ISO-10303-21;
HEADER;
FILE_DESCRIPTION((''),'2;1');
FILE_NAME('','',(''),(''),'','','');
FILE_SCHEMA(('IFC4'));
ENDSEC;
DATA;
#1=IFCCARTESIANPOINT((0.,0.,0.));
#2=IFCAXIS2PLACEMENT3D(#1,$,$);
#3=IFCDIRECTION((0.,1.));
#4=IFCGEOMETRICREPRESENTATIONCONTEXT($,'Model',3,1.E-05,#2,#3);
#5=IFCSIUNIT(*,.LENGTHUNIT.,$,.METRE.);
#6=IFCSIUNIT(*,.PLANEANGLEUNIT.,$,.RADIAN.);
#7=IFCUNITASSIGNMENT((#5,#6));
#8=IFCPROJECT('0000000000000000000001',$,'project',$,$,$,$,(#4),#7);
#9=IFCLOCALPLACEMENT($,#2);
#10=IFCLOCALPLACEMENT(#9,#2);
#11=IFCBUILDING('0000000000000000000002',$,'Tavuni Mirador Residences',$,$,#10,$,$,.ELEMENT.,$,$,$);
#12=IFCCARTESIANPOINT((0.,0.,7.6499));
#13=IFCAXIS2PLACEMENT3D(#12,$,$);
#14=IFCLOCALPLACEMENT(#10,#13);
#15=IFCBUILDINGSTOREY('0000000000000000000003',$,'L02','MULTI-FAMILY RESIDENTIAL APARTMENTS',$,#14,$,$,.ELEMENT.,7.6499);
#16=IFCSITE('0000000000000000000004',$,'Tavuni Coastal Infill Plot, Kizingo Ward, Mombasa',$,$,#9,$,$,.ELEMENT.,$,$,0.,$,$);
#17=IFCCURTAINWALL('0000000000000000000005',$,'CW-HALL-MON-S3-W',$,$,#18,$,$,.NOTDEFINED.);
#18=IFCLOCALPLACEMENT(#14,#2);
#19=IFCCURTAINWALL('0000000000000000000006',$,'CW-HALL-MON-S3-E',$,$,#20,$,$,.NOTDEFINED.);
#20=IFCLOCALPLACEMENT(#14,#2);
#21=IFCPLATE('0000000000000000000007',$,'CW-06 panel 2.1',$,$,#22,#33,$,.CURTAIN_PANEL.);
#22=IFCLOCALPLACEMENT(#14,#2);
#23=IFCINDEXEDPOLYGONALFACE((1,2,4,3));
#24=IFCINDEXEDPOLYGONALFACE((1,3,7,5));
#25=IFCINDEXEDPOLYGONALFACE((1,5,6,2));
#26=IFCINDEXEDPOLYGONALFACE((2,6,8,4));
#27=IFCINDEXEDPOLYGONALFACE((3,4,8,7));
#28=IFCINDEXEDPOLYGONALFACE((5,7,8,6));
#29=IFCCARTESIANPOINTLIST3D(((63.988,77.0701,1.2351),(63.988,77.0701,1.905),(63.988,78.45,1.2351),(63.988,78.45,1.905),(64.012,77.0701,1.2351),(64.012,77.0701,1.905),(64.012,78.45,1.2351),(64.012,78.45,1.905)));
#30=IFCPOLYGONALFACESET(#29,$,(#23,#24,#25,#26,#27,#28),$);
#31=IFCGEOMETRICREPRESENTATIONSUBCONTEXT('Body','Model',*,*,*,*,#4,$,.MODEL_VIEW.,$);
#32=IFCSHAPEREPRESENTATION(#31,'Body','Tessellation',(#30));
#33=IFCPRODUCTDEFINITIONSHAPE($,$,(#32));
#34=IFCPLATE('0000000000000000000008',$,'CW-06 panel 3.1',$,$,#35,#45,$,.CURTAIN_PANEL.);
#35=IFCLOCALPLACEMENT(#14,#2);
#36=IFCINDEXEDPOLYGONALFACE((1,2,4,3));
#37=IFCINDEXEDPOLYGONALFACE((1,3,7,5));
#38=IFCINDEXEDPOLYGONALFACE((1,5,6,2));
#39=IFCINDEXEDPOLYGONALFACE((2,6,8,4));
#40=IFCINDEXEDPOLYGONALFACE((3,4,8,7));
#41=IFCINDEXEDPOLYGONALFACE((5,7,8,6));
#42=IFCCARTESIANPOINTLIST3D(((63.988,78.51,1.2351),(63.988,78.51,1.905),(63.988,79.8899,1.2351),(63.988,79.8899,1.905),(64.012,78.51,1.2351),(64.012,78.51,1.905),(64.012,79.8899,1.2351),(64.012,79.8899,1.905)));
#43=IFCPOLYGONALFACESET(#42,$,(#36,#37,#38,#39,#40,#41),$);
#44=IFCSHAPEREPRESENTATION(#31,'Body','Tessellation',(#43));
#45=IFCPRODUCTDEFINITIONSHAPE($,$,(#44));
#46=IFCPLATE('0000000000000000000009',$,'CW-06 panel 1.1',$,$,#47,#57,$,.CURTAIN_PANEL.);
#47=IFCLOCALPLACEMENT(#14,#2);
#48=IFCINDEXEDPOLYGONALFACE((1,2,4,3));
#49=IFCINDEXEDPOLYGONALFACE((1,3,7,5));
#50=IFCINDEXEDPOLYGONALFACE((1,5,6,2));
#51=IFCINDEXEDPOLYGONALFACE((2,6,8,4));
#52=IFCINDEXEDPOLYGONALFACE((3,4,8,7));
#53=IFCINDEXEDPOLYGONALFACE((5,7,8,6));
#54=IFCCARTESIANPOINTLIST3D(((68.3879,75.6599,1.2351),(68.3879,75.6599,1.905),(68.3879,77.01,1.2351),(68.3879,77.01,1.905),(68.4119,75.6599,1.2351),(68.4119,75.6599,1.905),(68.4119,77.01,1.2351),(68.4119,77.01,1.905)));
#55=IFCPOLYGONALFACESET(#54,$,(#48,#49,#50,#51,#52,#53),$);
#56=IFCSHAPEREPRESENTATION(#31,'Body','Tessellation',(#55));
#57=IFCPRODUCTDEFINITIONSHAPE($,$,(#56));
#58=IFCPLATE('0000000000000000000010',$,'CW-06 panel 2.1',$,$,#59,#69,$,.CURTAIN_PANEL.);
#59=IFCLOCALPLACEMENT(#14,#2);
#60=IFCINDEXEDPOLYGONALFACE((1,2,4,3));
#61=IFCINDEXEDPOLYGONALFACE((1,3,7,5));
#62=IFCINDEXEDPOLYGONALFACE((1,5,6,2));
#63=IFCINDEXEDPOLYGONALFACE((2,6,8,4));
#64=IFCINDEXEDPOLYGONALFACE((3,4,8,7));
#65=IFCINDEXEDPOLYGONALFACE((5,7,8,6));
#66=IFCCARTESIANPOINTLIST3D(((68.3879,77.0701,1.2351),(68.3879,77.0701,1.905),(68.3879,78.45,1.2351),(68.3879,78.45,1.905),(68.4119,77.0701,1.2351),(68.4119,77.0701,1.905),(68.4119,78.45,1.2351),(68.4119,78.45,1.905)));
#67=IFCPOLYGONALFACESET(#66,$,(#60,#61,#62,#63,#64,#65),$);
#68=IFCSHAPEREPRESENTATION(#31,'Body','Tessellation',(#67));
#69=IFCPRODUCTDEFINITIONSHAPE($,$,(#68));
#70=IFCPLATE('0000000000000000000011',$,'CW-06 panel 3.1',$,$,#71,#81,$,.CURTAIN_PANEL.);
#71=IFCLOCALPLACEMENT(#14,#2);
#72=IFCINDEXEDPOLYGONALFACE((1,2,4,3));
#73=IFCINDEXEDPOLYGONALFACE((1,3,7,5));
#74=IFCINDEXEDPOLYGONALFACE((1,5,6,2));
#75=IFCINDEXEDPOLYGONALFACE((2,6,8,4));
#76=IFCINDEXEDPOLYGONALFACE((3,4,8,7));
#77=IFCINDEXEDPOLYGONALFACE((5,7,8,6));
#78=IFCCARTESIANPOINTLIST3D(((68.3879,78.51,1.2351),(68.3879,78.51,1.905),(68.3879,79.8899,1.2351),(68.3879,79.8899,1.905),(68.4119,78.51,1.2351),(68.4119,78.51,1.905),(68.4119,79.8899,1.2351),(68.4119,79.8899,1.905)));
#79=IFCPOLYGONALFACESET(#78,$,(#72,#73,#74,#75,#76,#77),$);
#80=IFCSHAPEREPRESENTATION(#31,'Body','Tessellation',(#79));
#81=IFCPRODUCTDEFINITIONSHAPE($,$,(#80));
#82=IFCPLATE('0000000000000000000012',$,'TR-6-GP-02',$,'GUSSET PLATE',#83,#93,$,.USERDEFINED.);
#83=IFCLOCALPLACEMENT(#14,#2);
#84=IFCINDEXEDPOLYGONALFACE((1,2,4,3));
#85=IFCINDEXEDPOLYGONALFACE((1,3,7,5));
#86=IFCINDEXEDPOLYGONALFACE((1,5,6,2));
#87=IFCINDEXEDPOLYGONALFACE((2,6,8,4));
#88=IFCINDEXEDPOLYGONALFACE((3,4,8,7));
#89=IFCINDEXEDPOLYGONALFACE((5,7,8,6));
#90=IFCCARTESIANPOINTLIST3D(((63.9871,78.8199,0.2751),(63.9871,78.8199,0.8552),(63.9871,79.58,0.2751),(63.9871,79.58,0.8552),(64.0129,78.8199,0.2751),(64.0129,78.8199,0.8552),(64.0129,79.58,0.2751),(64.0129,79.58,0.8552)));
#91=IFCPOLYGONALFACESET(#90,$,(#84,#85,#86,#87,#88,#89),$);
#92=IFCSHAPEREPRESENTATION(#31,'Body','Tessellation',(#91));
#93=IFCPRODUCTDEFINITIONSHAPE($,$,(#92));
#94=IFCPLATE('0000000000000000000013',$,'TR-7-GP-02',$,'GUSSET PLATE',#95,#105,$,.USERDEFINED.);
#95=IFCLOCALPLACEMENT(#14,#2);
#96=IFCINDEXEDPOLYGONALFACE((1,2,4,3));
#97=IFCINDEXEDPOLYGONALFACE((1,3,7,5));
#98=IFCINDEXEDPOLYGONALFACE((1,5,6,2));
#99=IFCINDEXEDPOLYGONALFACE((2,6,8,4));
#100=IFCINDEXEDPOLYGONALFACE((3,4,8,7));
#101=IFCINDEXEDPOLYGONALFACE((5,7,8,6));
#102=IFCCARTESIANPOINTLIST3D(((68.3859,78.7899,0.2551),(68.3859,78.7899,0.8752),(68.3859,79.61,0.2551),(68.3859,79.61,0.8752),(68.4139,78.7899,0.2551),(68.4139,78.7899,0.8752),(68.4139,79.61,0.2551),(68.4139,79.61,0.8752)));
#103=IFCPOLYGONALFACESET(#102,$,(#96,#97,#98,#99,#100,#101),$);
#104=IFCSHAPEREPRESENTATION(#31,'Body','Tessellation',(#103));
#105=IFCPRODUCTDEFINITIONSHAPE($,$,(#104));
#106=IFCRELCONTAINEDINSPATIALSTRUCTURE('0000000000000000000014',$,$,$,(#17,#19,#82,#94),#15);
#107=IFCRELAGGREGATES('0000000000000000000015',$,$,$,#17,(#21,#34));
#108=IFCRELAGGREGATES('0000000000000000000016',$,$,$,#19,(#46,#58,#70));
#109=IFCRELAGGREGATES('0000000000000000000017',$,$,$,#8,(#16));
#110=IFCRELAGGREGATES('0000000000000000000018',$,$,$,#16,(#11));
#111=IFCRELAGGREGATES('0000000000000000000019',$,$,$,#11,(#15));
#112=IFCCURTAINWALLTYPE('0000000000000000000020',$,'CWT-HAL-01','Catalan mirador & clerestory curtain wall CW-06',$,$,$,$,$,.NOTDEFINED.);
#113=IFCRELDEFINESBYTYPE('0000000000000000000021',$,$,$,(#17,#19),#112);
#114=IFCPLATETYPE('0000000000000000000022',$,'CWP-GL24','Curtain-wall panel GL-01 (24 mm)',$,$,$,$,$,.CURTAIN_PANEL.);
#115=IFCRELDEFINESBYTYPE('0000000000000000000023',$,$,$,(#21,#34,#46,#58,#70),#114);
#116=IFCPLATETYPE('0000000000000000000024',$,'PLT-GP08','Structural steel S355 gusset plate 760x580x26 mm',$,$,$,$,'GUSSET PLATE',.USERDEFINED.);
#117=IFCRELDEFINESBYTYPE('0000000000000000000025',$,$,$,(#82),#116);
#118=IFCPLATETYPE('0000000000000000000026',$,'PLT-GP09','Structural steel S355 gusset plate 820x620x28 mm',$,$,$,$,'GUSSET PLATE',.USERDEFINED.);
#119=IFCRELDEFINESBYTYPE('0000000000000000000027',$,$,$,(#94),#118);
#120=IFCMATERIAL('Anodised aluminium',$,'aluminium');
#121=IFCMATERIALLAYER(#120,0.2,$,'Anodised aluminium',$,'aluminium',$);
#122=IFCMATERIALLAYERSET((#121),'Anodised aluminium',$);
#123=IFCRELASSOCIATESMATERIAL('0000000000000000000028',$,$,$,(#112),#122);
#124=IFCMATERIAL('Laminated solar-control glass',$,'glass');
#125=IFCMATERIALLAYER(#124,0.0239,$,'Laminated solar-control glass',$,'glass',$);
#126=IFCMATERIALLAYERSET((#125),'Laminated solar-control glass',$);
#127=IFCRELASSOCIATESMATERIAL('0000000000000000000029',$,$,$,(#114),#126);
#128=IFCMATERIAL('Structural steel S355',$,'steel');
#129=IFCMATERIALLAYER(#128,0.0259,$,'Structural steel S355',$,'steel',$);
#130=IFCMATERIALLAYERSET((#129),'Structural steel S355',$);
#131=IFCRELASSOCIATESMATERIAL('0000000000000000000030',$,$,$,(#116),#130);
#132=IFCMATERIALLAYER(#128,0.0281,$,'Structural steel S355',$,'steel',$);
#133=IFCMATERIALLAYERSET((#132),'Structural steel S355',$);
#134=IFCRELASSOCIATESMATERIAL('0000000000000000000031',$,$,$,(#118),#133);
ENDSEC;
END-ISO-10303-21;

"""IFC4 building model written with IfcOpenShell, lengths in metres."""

from ifc_helpers import new_model, si_unit, direction, frame, origin, origin_2d, place, context, subcontext, project, spatial, rectangle, extrude, material, layer, layer_set, type_object, element, aggregate, save


model = new_model("IFC4")

# Units and contexts
model_context = context("Model", 3, precision=1e-05, world=origin(), true_north=direction((0.0, 1.0)))
body_context = subcontext(model_context, "Body", "Model", "MODEL_VIEW")
ifc_project = project(units=[si_unit("LENGTHUNIT", "METRE"), si_unit("PLANEANGLEUNIT", "RADIAN")], contexts=[model_context])

# Site, building, storey
site_placement = place(None, origin())
site = spatial("IfcSite", under=ifc_project, at=site_placement, Name="Tavuni Coastal Infill Plot, Kizingo Ward, Mombasa", CompositionType="ELEMENT", RefElevation=0.0)
building_placement = place(site_placement, origin())
building = spatial("IfcBuilding", under=site, at=building_placement, Name="Tavuni Mirador Residences", CompositionType="ELEMENT")
storey_placement = place(building_placement, frame((0.0, 0.0, 7.6499)))
storey = spatial("IfcBuildingStorey", under=building, at=storey_placement, Name="L02", Description="MULTI-FAMILY RESIDENTIAL APARTMENTS", CompositionType="ELEMENT", Elevation=7.6499)

# Curtain walls
ifc_material_1 = material(Name="Anodised aluminium", Category="aluminium")
ifc_layer_1 = layer(ifc_material_1, 0.2, Name="Anodised aluminium", Category="aluminium")
ifc_layer_set_1 = layer_set([ifc_layer_1], Name="Anodised aluminium")
curtain_wall_type = type_object("IfcCurtainWallType", Name="CWT-HAL-01", Description="Catalan mirador & clerestory curtain wall CW-06", PredefinedType="NOTDEFINED", material=ifc_layer_set_1)
curtain_wall_1_placement = place(storey_placement, origin())
curtain_wall_1 = element("IfcCurtainWall", 1, at=curtain_wall_1_placement, inside=storey, type_object=curtain_wall_type, Name="CW-HALL-MON-S3-W", PredefinedType="NOTDEFINED")
curtain_wall_2_placement = place(storey_placement, origin())
curtain_wall_2 = element("IfcCurtainWall", 2, at=curtain_wall_2_placement, inside=storey, type_object=curtain_wall_type, Name="CW-HALL-MON-S3-E", PredefinedType="NOTDEFINED")

# Shared definitions
ifc_material_2 = material(Name="Structural steel S355", Category="steel")

# Plates
ifc_material_3 = material(Name="Laminated solar-control glass", Category="glass")
ifc_layer_2 = layer(ifc_material_3, 0.0239, Name="Laminated solar-control glass", Category="glass")
ifc_layer_set_2 = layer_set([ifc_layer_2], Name="Laminated solar-control glass")
plate_type_1 = type_object("IfcPlateType", Name="CWP-GL24", Description="Curtain-wall panel GL-01 (24 mm)", PredefinedType="CURTAIN_PANEL", material=ifc_layer_set_2)
plate_1_placement = place(storey_placement, frame((64.0, 77.76, 1.2351), z_axis=(0.0, 0.0, 1.0), x_axis=(0.0, 1.0, 0.0)))
plate_1 = element("IfcPlate", 3, at=plate_1_placement, type_object=plate_type_1, Name="CW-06 panel 2.1", PredefinedType="CURTAIN_PANEL", context=body_context, shape_type="SweptSolid", body=[
    extrude(rectangle(XDim=1.3799, YDim=0.0239, at=origin_2d()), origin(), (0.0, 0.0, 1.0), 0.6699),
])
plate_2_placement = place(storey_placement, frame((64.0, 79.2, 1.2351), z_axis=(0.0, 0.0, 1.0), x_axis=(0.0, 1.0, 0.0)))
plate_2 = element("IfcPlate", 4, at=plate_2_placement, type_object=plate_type_1, Name="CW-06 panel 3.1", PredefinedType="CURTAIN_PANEL", context=body_context, shape_type="SweptSolid", body=[
    extrude(rectangle(XDim=1.3799, YDim=0.0239, at=origin_2d()), origin(), (0.0, 0.0, 1.0), 0.6699),
])
aggregate(curtain_wall_1, [plate_1, plate_2])
plate_3_placement = place(storey_placement, frame((68.3999, 76.335, 1.2351), z_axis=(0.0, 0.0, 1.0), x_axis=(0.0, 1.0, 0.0)))
plate_3 = element("IfcPlate", 5, at=plate_3_placement, type_object=plate_type_1, Name="CW-06 panel 1.1", PredefinedType="CURTAIN_PANEL", context=body_context, shape_type="SweptSolid", body=[
    extrude(rectangle(XDim=1.3501, YDim=0.0239, at=origin_2d()), origin(), (0.0, 0.0, 1.0), 0.6699),
])
plate_4_placement = place(storey_placement, frame((68.3999, 77.76, 1.2351), z_axis=(0.0, 0.0, 1.0), x_axis=(0.0, 1.0, 0.0)))
plate_4 = element("IfcPlate", 6, at=plate_4_placement, type_object=plate_type_1, Name="CW-06 panel 2.1", PredefinedType="CURTAIN_PANEL", context=body_context, shape_type="SweptSolid", body=[
    extrude(rectangle(XDim=1.3799, YDim=0.0239, at=origin_2d()), origin(), (0.0, 0.0, 1.0), 0.6699),
])
plate_5_placement = place(storey_placement, frame((68.3999, 79.2, 1.2351), z_axis=(0.0, 0.0, 1.0), x_axis=(0.0, 1.0, 0.0)))
plate_5 = element("IfcPlate", 7, at=plate_5_placement, type_object=plate_type_1, Name="CW-06 panel 3.1", PredefinedType="CURTAIN_PANEL", context=body_context, shape_type="SweptSolid", body=[
    extrude(rectangle(XDim=1.3799, YDim=0.0239, at=origin_2d()), origin(), (0.0, 0.0, 1.0), 0.6699),
])
aggregate(curtain_wall_2, [plate_3, plate_4, plate_5])

# Plates
ifc_layer_3 = layer(ifc_material_2, 0.0259, Name="Structural steel S355", Category="steel")
ifc_layer_set_3 = layer_set([ifc_layer_3], Name="Structural steel S355")
plate_type_2 = type_object("IfcPlateType", Name="PLT-GP08", Description="Structural steel S355 gusset plate 760x580x26 mm", ElementType="GUSSET PLATE", PredefinedType="USERDEFINED", material=ifc_layer_set_3)
plate_6_placement = place(storey_placement, frame((64.0, 79.2, 0.2751), z_axis=(0.0, 0.0, 1.0), x_axis=(0.0, 1.0, 0.0)))
element("IfcPlate", 8, at=plate_6_placement, inside=storey, type_object=plate_type_2, Name="TR-6-GP-02", ObjectType="GUSSET PLATE", PredefinedType="USERDEFINED", context=body_context, shape_type="SweptSolid", body=[
    extrude(rectangle(XDim=0.76, YDim=0.0259, at=origin_2d()), origin(), (0.0, 0.0, 1.0), 0.5801),
])
ifc_layer_4 = layer(ifc_material_2, 0.0281, Name="Structural steel S355", Category="steel")
ifc_layer_set_4 = layer_set([ifc_layer_4], Name="Structural steel S355")
plate_type_3 = type_object("IfcPlateType", Name="PLT-GP09", Description="Structural steel S355 gusset plate 820x620x28 mm", ElementType="GUSSET PLATE", PredefinedType="USERDEFINED", material=ifc_layer_set_4)
plate_7_placement = place(storey_placement, frame((68.3999, 79.2, 0.2551), z_axis=(0.0, 0.0, 1.0), x_axis=(0.0, 1.0, 0.0)))
element("IfcPlate", 9, at=plate_7_placement, inside=storey, type_object=plate_type_3, Name="TR-7-GP-02", ObjectType="GUSSET PLATE", PredefinedType="USERDEFINED", context=body_context, shape_type="SweptSolid", body=[
    extrude(rectangle(XDim=0.8201, YDim=0.0281, at=origin_2d()), origin(), (0.0, 0.0, 1.0), 0.6201),
])

save(model, "model.ifc")
